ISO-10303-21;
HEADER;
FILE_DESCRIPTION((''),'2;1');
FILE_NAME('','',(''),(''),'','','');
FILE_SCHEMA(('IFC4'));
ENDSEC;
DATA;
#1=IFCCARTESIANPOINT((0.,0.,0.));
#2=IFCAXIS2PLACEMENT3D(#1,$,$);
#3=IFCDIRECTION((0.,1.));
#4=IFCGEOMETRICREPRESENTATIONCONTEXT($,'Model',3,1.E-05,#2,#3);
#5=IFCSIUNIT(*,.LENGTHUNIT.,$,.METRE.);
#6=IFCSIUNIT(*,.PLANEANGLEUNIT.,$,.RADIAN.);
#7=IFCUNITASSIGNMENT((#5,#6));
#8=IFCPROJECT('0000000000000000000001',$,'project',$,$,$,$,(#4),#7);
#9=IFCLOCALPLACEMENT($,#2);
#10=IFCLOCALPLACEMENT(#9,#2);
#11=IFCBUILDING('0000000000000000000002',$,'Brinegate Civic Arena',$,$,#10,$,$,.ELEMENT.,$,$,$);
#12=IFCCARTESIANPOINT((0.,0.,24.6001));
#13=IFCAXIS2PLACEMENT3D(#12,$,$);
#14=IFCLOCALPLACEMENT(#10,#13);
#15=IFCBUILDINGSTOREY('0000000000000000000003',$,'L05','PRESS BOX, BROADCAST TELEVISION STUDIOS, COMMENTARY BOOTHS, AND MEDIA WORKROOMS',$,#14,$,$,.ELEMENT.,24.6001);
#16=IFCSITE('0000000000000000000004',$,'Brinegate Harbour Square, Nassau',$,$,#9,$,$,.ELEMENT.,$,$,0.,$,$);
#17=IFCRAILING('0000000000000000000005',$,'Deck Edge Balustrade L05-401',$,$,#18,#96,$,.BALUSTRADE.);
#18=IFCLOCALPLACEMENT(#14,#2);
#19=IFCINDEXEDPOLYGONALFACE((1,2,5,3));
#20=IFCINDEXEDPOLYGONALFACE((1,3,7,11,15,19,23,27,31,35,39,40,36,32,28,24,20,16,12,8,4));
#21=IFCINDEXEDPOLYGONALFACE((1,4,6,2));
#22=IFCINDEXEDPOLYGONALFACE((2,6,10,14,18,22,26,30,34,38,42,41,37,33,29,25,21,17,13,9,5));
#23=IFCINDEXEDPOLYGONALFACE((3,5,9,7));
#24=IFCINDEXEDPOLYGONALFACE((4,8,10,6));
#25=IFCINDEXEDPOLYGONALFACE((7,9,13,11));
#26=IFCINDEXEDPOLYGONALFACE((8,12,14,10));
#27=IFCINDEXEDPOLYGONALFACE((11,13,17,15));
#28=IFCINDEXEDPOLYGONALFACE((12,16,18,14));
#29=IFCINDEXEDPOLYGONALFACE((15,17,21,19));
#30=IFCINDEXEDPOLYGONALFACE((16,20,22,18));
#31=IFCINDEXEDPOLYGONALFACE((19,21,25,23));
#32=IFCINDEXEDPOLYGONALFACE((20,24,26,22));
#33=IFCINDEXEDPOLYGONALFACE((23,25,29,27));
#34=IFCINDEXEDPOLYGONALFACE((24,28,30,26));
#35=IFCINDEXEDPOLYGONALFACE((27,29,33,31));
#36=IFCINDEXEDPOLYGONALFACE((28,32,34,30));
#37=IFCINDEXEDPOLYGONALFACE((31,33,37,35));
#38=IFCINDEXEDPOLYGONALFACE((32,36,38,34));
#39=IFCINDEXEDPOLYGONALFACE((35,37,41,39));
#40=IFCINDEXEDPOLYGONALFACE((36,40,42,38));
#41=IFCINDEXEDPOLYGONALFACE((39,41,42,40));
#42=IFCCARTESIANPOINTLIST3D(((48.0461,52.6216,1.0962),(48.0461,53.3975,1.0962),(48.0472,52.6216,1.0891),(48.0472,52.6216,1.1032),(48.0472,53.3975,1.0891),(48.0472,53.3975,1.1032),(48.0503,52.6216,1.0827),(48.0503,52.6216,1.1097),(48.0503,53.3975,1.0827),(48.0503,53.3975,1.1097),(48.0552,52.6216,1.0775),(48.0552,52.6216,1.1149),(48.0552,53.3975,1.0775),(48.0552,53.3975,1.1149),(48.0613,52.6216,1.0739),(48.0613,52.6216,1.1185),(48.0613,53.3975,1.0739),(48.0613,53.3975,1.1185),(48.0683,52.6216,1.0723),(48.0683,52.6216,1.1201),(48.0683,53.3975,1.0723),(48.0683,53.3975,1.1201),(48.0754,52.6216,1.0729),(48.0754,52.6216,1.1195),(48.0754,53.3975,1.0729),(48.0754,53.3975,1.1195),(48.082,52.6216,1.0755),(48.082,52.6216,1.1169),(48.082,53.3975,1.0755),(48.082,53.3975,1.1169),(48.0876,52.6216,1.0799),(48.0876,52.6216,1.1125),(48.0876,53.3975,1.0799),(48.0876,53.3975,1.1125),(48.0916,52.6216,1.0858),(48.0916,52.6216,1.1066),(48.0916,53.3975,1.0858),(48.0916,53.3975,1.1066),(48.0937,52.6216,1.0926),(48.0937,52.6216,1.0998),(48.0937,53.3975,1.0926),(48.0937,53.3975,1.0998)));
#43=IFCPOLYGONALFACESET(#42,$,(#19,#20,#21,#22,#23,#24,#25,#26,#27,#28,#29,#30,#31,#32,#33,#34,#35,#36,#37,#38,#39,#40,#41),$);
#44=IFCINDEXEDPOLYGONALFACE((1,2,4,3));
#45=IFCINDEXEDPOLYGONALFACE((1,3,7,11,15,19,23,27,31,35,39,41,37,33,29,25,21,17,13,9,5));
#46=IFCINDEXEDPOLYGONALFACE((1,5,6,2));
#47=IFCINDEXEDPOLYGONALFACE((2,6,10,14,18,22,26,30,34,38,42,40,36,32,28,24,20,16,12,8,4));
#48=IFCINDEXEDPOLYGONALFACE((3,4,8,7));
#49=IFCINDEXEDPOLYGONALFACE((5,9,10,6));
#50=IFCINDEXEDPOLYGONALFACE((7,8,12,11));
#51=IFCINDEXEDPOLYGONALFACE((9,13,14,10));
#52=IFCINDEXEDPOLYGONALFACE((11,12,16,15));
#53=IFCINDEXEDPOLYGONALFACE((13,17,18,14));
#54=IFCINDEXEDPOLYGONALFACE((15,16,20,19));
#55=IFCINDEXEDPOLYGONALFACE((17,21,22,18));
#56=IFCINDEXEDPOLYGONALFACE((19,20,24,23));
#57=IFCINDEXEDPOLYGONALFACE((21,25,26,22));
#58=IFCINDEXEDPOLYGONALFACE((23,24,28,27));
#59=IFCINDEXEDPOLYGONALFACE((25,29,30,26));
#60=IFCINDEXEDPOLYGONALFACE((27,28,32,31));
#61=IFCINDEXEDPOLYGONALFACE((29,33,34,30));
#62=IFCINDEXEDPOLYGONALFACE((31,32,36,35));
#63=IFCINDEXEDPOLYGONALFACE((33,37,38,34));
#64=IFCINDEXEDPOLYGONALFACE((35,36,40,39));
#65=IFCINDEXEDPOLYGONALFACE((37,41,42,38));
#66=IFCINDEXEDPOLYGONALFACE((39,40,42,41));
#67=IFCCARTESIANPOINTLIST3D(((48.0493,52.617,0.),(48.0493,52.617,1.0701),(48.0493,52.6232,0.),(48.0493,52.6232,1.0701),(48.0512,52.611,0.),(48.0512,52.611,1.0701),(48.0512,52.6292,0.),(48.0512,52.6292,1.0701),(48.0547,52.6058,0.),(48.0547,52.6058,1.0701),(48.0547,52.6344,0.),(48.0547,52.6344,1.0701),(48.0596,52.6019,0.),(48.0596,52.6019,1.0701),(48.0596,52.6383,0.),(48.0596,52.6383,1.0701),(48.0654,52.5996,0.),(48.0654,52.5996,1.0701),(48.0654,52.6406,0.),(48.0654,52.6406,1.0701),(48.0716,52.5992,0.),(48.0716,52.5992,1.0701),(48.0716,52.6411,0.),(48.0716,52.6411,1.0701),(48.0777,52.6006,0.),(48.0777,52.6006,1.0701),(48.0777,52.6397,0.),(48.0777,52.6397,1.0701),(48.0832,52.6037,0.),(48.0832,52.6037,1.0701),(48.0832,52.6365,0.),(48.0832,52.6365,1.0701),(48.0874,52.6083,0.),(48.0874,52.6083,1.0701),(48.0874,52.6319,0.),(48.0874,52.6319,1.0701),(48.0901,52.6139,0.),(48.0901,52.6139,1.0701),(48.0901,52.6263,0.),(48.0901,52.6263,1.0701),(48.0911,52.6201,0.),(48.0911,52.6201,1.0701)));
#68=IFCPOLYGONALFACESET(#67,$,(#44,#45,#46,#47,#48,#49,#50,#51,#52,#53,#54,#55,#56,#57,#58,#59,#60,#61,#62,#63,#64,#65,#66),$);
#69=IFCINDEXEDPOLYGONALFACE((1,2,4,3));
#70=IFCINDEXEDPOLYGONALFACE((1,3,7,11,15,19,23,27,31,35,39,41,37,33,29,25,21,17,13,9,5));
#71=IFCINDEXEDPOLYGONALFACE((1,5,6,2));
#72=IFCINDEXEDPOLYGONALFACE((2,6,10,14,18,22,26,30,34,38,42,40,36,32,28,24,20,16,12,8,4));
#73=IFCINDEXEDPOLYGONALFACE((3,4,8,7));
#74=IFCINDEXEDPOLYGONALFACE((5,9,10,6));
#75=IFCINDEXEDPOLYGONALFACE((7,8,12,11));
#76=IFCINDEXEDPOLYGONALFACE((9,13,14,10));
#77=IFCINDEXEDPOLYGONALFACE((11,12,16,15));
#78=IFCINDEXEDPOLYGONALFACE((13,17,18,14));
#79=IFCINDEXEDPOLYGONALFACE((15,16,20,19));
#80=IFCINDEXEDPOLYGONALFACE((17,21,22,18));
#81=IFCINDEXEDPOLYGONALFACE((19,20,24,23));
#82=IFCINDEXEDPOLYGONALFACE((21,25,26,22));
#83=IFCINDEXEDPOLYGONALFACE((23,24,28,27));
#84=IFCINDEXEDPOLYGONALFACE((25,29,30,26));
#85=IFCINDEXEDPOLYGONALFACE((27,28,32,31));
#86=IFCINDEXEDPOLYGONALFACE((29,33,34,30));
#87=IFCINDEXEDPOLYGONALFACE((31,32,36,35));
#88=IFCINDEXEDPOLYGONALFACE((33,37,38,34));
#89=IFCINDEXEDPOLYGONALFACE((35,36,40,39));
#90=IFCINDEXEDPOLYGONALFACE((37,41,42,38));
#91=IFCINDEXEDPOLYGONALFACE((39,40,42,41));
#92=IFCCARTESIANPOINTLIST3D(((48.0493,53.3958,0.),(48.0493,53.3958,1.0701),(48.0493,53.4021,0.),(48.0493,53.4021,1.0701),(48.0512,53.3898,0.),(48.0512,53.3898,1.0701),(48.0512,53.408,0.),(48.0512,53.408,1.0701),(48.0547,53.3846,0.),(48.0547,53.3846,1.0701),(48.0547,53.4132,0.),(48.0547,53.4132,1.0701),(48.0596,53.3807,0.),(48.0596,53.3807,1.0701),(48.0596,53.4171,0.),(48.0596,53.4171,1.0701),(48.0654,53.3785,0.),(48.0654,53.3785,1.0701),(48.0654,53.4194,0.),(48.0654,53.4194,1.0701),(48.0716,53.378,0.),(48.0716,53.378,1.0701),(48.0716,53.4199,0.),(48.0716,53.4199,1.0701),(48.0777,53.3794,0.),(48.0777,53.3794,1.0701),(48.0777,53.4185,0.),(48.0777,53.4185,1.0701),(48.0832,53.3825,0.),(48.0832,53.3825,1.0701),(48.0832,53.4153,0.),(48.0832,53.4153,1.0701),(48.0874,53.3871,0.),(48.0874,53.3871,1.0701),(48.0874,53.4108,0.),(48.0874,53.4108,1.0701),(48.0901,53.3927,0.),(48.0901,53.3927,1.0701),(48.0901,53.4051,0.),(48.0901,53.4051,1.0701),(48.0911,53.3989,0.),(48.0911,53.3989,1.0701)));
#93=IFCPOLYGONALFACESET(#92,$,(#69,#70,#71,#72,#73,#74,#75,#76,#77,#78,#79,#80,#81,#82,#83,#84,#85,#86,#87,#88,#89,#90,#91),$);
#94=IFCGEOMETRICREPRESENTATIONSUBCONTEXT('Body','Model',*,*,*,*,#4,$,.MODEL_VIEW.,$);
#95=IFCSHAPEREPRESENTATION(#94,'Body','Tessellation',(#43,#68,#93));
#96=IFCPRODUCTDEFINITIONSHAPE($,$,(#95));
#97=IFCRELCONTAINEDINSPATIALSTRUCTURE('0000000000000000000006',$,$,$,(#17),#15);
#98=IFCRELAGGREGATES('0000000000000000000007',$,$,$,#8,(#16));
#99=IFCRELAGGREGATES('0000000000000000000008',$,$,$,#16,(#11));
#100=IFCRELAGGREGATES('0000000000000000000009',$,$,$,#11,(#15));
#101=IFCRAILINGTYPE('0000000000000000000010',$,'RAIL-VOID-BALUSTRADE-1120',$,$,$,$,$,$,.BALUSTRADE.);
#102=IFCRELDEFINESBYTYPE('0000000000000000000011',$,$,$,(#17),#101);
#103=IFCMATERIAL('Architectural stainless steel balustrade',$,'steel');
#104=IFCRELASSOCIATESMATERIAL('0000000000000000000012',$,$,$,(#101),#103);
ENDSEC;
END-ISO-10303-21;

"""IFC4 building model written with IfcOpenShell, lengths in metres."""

from ifc_helpers import new_model, si_unit, direction, frame, origin, origin_2d, place, context, subcontext, project, spatial, circle, extrude, material, type_object, element, save


model = new_model("IFC4")

# Units and contexts
model_context = context("Model", 3, precision=1e-05, world=origin(), true_north=direction((0.0, 1.0)))
body_context = subcontext(model_context, "Body", "Model", "MODEL_VIEW")
ifc_project = project(units=[si_unit("LENGTHUNIT", "METRE"), si_unit("PLANEANGLEUNIT", "RADIAN")], contexts=[model_context])

# Site, building, storey
site_placement = place(None, origin())
site = spatial("IfcSite", under=ifc_project, at=site_placement, Name="Brinegate Harbour Square, Nassau", CompositionType="ELEMENT", RefElevation=0.0)
building_placement = place(site_placement, origin())
building = spatial("IfcBuilding", under=site, at=building_placement, Name="Brinegate Civic Arena", CompositionType="ELEMENT")
storey_placement = place(building_placement, frame((0.0, 0.0, 24.6001)))
storey = spatial("IfcBuildingStorey", under=building, at=storey_placement, Name="L05", Description="PRESS BOX, BROADCAST TELEVISION STUDIOS, COMMENTARY BOOTHS, AND MEDIA WORKROOMS", CompositionType="ELEMENT", Elevation=24.6001)

# Railing
ifc_material_1 = material(Name="Architectural stainless steel balustrade", Category="steel")
railing_type = type_object("IfcRailingType", Name="RAIL-VOID-BALUSTRADE-1120", PredefinedType="BALUSTRADE", material=ifc_material_1)
railing_placement = place(storey_placement, frame((48.0701, 52.6201, 0.0)))
element("IfcRailing", 1, at=railing_placement, inside=storey, type_object=railing_type, Name="Deck Edge Balustrade L05-401", PredefinedType="BALUSTRADE", context=body_context, shape_type="SweptSolid", body=[
    extrude(circle(Radius=0.0239, at=origin_2d()), frame((0.0, 0.0015, 1.0962), z_axis=(0.0, 1.0, 0.0), x_axis=(-1.0, 0.0, 0.0)), (0.0, 0.0, 1.0), 0.7759),
    extrude(circle(Radius=0.021, at=origin_2d()), origin(), (0.0, 0.0, 1.0), 1.0701),
    extrude(circle(Radius=0.021, at=origin_2d()), frame((0.0, 0.7788, 0.0)), (0.0, 0.0, 1.0), 1.0701),
])

save(model, "model.ifc")
